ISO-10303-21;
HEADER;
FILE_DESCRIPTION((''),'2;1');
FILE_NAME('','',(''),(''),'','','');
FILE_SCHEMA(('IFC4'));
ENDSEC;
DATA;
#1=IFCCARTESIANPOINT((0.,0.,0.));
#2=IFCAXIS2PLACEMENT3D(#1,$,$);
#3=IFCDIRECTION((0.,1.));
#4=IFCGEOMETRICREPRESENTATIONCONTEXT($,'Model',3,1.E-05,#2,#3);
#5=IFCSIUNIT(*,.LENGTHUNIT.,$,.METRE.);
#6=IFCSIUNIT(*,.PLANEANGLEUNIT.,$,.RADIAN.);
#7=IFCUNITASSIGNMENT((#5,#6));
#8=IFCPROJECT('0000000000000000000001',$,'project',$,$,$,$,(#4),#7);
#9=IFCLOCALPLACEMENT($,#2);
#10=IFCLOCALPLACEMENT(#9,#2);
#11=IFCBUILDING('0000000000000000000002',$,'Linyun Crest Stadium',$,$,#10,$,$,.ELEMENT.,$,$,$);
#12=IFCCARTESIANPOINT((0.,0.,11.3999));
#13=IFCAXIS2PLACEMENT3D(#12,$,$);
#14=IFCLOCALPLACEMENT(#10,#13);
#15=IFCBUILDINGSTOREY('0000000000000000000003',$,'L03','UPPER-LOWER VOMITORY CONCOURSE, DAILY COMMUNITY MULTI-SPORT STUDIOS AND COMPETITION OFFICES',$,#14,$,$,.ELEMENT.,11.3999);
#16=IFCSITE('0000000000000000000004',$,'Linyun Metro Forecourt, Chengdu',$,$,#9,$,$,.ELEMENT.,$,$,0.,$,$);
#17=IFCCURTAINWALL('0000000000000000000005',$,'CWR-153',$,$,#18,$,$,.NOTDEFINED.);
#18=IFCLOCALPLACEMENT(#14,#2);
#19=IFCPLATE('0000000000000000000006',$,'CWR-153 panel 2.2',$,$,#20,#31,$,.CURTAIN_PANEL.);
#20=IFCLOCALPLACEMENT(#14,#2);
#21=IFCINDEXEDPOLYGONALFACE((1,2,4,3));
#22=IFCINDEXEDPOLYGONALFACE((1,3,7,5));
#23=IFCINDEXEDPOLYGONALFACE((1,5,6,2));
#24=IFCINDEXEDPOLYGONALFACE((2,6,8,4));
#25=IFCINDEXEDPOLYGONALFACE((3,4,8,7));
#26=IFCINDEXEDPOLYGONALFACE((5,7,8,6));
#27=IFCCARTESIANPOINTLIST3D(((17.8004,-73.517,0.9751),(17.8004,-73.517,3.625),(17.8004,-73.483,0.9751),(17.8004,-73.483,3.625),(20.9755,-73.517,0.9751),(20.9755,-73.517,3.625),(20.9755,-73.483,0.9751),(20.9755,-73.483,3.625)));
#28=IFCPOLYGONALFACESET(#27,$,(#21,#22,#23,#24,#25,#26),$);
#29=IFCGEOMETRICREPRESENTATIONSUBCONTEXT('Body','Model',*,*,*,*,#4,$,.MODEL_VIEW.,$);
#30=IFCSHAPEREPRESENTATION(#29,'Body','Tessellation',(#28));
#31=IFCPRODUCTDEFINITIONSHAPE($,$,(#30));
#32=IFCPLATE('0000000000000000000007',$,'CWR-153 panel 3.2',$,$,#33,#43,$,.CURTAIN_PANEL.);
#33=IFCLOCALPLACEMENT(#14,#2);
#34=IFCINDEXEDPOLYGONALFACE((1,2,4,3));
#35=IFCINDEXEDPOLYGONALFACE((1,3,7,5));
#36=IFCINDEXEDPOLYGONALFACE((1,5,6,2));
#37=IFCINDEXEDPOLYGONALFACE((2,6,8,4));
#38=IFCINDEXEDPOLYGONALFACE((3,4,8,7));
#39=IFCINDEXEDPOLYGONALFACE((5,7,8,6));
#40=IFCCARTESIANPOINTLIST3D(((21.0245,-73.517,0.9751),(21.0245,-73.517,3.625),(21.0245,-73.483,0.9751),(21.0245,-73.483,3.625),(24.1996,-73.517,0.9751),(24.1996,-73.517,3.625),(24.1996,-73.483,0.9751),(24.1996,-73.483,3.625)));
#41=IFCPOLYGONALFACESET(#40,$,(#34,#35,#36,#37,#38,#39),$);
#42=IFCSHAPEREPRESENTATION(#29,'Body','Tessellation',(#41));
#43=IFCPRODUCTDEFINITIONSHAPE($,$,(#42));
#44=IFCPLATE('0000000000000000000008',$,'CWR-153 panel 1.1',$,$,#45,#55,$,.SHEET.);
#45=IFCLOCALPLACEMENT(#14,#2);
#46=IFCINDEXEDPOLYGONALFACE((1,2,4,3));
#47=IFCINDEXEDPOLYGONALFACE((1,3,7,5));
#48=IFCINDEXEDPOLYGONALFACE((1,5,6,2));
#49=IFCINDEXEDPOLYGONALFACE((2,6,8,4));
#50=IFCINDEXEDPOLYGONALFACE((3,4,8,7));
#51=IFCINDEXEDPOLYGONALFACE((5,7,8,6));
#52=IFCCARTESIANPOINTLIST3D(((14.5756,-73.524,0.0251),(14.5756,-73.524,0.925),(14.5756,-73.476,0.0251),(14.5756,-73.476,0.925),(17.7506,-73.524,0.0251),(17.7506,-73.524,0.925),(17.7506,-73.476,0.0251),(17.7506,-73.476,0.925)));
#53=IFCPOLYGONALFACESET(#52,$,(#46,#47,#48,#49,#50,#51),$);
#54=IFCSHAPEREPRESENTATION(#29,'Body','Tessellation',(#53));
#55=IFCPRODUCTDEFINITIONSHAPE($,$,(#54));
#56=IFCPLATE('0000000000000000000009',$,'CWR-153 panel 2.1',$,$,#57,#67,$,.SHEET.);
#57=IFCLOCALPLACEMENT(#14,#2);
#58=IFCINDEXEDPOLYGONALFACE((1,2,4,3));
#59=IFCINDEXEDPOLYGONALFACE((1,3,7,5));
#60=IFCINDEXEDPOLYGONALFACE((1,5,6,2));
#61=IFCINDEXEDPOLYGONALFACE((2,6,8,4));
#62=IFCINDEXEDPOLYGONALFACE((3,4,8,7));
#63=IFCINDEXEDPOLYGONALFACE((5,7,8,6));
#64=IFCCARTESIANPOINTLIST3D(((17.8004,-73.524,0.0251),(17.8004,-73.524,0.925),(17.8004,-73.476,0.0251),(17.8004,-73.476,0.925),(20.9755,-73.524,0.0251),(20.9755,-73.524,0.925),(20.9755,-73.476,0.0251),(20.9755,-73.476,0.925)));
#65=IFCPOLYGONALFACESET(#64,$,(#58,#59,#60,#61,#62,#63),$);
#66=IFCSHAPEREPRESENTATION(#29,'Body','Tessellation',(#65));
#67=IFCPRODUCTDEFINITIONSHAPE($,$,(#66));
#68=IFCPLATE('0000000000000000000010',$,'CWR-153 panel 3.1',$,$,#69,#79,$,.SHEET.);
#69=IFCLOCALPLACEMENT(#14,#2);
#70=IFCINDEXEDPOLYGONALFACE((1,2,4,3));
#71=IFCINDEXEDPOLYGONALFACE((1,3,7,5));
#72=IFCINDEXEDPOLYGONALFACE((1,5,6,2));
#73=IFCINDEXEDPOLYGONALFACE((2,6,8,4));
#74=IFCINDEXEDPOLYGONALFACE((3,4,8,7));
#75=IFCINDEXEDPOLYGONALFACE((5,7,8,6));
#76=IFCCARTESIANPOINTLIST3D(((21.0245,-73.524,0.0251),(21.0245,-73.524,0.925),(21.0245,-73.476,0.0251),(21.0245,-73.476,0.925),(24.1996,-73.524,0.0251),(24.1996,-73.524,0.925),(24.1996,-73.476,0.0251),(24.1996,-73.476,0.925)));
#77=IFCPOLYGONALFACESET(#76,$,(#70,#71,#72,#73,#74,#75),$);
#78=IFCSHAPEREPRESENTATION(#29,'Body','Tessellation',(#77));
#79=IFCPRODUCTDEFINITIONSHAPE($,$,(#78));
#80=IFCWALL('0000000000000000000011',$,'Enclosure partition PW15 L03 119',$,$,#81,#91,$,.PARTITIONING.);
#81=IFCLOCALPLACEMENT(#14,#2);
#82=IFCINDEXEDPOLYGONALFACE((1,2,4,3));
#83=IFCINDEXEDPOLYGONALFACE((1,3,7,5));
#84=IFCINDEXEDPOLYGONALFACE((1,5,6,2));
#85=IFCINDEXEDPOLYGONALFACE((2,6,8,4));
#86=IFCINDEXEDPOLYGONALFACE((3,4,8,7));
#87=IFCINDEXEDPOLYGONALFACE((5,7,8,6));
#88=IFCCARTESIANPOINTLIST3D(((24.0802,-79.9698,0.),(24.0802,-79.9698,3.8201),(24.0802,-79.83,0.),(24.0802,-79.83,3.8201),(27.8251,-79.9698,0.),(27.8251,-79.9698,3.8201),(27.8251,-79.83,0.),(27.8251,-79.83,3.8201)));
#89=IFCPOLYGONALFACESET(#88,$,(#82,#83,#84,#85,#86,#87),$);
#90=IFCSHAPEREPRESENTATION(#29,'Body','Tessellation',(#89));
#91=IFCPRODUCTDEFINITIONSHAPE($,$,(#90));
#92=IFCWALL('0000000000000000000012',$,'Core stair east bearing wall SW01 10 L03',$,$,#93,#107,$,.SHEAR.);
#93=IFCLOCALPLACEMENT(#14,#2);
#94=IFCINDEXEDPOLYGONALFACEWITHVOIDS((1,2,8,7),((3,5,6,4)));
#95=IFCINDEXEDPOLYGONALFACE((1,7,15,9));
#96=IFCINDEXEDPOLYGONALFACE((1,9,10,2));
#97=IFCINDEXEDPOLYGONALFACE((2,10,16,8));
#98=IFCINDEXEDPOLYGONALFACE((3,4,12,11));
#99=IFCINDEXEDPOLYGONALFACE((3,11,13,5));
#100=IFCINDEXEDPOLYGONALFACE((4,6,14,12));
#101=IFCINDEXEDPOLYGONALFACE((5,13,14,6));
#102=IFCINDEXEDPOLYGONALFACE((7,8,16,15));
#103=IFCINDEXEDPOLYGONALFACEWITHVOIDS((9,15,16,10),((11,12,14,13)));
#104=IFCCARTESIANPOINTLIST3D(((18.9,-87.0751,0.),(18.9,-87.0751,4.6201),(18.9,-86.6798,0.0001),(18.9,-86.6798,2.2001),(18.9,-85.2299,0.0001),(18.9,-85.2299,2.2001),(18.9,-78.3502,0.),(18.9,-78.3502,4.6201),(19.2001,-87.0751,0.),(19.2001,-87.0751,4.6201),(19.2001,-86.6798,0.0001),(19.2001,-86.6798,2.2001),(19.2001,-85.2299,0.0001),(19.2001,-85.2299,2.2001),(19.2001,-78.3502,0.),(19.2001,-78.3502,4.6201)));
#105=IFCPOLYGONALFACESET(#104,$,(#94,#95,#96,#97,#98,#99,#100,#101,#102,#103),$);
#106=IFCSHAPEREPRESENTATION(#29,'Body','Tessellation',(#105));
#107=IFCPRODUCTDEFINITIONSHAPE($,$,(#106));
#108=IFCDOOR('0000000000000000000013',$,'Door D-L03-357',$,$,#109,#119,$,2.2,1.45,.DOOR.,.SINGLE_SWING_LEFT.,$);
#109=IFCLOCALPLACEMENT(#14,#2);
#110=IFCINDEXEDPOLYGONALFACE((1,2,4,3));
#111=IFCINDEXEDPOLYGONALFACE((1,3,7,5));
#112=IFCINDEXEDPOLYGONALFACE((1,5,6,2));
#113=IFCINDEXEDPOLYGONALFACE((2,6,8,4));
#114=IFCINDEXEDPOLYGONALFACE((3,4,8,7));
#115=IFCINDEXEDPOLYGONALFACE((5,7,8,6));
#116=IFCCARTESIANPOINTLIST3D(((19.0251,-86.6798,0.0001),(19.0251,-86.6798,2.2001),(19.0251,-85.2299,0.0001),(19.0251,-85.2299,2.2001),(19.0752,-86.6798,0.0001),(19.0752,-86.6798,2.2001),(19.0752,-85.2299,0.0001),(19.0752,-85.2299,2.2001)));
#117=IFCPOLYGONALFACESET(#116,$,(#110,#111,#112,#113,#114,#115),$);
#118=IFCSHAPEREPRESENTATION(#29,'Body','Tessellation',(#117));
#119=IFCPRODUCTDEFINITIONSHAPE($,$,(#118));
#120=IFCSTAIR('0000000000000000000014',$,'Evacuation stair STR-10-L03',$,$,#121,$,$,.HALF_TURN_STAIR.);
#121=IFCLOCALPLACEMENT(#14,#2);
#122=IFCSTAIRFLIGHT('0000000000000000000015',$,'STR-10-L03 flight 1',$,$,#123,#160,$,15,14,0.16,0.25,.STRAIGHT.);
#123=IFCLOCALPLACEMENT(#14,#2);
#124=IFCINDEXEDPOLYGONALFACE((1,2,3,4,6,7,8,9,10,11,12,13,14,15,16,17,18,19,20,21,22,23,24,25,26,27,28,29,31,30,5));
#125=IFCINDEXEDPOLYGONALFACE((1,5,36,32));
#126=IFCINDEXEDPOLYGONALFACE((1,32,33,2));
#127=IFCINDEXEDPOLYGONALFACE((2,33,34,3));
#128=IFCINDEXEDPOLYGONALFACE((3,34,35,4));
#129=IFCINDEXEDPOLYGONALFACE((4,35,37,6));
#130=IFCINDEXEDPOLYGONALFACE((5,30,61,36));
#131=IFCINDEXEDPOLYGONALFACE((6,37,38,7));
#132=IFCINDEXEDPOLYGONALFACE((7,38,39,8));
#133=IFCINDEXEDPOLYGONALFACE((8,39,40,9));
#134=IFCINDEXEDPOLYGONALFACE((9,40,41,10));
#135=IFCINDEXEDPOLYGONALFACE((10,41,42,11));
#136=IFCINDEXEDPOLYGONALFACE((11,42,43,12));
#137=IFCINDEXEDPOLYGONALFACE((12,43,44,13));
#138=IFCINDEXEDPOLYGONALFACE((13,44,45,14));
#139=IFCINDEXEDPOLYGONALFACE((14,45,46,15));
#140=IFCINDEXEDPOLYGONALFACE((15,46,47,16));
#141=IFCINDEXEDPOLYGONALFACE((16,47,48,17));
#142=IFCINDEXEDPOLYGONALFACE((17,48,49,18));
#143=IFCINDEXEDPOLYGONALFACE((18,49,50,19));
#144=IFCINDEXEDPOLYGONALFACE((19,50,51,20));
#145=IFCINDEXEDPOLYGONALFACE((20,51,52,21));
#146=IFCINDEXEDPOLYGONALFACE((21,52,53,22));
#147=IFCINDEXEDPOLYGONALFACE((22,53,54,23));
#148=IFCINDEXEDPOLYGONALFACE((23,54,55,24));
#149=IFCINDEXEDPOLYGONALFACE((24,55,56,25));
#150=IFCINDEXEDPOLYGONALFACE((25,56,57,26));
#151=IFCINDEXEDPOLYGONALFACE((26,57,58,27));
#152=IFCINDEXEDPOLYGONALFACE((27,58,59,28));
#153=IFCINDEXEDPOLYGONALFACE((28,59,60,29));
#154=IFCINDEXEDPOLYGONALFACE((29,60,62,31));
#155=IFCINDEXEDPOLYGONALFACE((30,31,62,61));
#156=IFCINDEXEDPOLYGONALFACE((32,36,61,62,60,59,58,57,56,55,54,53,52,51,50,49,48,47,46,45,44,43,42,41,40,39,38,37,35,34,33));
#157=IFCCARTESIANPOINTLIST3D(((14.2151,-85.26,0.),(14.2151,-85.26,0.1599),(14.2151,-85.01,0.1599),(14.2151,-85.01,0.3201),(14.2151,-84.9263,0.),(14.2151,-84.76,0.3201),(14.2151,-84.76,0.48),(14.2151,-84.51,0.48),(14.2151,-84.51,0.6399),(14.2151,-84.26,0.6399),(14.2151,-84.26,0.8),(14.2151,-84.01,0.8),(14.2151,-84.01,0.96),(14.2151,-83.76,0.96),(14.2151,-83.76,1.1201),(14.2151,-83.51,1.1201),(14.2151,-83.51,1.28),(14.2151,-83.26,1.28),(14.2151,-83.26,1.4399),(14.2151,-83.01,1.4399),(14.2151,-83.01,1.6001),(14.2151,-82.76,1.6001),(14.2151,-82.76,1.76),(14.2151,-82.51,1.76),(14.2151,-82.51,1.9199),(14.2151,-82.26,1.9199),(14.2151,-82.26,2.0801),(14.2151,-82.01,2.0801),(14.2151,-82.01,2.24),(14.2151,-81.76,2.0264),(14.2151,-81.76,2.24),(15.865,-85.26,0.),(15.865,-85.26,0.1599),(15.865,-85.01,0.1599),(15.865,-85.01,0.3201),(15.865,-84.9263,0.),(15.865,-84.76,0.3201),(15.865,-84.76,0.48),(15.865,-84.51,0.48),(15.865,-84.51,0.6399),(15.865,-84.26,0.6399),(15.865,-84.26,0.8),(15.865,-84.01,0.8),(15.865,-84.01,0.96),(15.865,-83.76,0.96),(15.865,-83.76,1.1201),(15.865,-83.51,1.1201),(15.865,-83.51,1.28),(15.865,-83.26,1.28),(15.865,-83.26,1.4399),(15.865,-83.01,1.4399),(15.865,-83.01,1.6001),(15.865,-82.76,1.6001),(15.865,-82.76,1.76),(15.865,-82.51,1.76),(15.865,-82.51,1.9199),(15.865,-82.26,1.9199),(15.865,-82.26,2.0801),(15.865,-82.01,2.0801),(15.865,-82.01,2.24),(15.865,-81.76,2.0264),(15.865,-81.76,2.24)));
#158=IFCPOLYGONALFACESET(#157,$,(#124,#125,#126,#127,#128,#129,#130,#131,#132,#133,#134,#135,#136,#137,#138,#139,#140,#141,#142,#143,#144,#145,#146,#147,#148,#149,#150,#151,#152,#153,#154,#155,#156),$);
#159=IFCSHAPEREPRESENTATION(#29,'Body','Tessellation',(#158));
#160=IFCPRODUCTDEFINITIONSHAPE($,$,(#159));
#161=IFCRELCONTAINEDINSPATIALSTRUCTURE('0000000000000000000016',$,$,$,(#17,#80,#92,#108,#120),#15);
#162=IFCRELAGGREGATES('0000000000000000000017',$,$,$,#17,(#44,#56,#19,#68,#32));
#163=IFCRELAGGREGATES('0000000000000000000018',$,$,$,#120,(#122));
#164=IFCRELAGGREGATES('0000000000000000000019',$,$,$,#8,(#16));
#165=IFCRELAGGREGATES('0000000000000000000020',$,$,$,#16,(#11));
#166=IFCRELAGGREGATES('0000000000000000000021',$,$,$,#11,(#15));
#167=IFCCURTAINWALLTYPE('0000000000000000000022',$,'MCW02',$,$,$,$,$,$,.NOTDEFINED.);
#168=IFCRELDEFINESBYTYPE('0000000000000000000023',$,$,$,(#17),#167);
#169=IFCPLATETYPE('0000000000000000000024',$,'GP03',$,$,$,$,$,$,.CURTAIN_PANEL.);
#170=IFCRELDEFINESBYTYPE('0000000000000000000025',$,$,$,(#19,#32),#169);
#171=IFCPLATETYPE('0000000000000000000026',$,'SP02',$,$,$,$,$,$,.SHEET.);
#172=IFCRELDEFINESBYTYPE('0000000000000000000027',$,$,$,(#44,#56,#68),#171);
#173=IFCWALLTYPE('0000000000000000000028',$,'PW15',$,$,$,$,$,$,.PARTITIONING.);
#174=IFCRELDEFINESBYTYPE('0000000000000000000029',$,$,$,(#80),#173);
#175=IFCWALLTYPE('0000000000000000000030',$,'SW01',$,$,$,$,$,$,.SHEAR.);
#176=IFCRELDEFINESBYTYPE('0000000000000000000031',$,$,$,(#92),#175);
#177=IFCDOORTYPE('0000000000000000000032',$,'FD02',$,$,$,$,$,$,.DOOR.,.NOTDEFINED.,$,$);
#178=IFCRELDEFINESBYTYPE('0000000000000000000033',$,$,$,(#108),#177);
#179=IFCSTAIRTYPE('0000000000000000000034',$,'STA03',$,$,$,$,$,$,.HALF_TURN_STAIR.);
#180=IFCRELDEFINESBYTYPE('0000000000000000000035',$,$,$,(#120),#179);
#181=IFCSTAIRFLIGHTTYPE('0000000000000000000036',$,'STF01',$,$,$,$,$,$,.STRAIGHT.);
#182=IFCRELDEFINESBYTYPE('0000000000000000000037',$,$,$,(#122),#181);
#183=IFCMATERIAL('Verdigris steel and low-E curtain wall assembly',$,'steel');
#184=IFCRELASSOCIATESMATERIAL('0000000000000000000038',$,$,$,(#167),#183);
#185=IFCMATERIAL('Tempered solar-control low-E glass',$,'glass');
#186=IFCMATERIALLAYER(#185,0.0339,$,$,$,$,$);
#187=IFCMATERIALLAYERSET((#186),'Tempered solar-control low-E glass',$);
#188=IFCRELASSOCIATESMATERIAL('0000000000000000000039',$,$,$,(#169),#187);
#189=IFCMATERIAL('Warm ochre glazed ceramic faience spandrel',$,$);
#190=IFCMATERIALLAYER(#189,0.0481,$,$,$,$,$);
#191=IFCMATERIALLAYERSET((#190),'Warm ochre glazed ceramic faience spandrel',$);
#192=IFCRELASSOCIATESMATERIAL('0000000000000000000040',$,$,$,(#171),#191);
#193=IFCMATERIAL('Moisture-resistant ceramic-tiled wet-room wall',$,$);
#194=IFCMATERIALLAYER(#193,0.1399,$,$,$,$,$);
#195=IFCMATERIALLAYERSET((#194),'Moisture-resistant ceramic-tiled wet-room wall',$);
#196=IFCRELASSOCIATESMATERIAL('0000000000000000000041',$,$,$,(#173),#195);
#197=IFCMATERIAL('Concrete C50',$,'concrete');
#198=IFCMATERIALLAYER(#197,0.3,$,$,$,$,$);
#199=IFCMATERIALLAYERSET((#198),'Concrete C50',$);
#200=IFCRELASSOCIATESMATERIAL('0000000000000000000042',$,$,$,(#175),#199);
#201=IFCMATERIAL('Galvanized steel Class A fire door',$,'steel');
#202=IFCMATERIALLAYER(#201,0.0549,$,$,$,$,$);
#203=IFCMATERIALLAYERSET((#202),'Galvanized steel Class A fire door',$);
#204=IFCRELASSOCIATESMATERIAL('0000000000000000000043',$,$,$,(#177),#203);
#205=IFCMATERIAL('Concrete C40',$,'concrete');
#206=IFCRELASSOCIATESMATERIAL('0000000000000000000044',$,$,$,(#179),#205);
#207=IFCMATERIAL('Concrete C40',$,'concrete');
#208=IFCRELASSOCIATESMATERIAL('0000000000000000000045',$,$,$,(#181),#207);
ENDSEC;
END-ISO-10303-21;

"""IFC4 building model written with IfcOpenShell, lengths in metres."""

from ifc_helpers import new_model, si_unit, direction, frame, frame_2d, origin, origin_2d, place, context, subcontext, project, spatial, polyline, rectangle, outline, extrude, material, layer, layer_set, type_object, element, fill, aggregate, save


model = new_model("IFC4")

# Units and contexts
model_context = context("Model", 3, precision=1e-05, world=origin(), true_north=direction((0.0, 1.0)))
body_context = subcontext(model_context, "Body", "Model", "MODEL_VIEW")
ifc_project = project(units=[si_unit("LENGTHUNIT", "METRE"), si_unit("PLANEANGLEUNIT", "RADIAN")], contexts=[model_context])

# Site, building, storey
site_placement = place(None, origin())
site = spatial("IfcSite", under=ifc_project, at=site_placement, Name="Linyun Metro Forecourt, Chengdu", CompositionType="ELEMENT", RefElevation=0.0)
building_placement = place(site_placement, origin())
building = spatial("IfcBuilding", under=site, at=building_placement, Name="Linyun Crest Stadium", CompositionType="ELEMENT")
storey_placement = place(building_placement, frame((0.0, 0.0, 11.3999)))
storey = spatial("IfcBuildingStorey", under=building, at=storey_placement, Name="L03", Description="UPPER-LOWER VOMITORY CONCOURSE, DAILY COMMUNITY MULTI-SPORT STUDIOS AND COMPETITION OFFICES", CompositionType="ELEMENT", Elevation=11.3999)

# Curtain wall, plates
ifc_material_1 = material(Name="Verdigris steel and low-E curtain wall assembly", Category="steel")
curtain_wall_type = type_object("IfcCurtainWallType", Name="MCW02", PredefinedType="NOTDEFINED", material=ifc_material_1)
curtain_wall_placement = place(storey_placement, origin())
curtain_wall = element("IfcCurtainWall", 1, at=curtain_wall_placement, inside=storey, type_object=curtain_wall_type, Name="CWR-153", PredefinedType="NOTDEFINED")
ifc_material_2 = material(Name="Tempered solar-control low-E glass", Category="glass")
ifc_layer_1 = layer(ifc_material_2, 0.0339)
ifc_layer_set_1 = layer_set([ifc_layer_1], Name="Tempered solar-control low-E glass")
plate_type_1 = type_object("IfcPlateType", Name="GP03", PredefinedType="CURTAIN_PANEL", material=ifc_layer_set_1)
plate_1_placement = place(storey_placement, frame((19.3879, -73.5, 0.9751), z_axis=(0.0, 0.0, 1.0), x_axis=(1.0, 0.0, 0.0)))
plate_1 = element("IfcPlate", 2, at=plate_1_placement, type_object=plate_type_1, Name="CWR-153 panel 2.2", PredefinedType="CURTAIN_PANEL", context=body_context, shape_type="SweptSolid", body=[
    extrude(rectangle(XDim=3.175, YDim=0.0339, at=origin_2d()), origin(), (0.0, 0.0, 1.0), 2.6499),
])
plate_2_placement = place(storey_placement, frame((22.6121, -73.5, 0.9751), z_axis=(0.0, 0.0, 1.0), x_axis=(1.0, 0.0, 0.0)))
plate_2 = element("IfcPlate", 3, at=plate_2_placement, type_object=plate_type_1, Name="CWR-153 panel 3.2", PredefinedType="CURTAIN_PANEL", context=body_context, shape_type="SweptSolid", body=[
    extrude(rectangle(XDim=3.175, YDim=0.0339, at=origin_2d()), origin(), (0.0, 0.0, 1.0), 2.6499),
])
ifc_material_3 = material(Name="Warm ochre glazed ceramic faience spandrel")
ifc_layer_2 = layer(ifc_material_3, 0.0481)
ifc_layer_set_2 = layer_set([ifc_layer_2], Name="Warm ochre glazed ceramic faience spandrel")
plate_type_2 = type_object("IfcPlateType", Name="SP02", PredefinedType="SHEET", material=ifc_layer_set_2)
plate_3_placement = place(storey_placement, frame((16.1631, -73.5, 0.0251), z_axis=(0.0, 0.0, 1.0), x_axis=(1.0, 0.0, 0.0)))
plate_3 = element("IfcPlate", 4, at=plate_3_placement, type_object=plate_type_2, Name="CWR-153 panel 1.1", PredefinedType="SHEET", context=body_context, shape_type="SweptSolid", body=[
    extrude(rectangle(XDim=3.175, YDim=0.0481, at=origin_2d()), origin(), (0.0, 0.0, 1.0), 0.8999),
])
plate_4_placement = place(storey_placement, frame((19.3879, -73.5, 0.0251), z_axis=(0.0, 0.0, 1.0), x_axis=(1.0, 0.0, 0.0)))
plate_4 = element("IfcPlate", 5, at=plate_4_placement, type_object=plate_type_2, Name="CWR-153 panel 2.1", PredefinedType="SHEET", context=body_context, shape_type="SweptSolid", body=[
    extrude(rectangle(XDim=3.175, YDim=0.0481, at=origin_2d()), origin(), (0.0, 0.0, 1.0), 0.8999),
])
plate_5_placement = place(storey_placement, frame((22.6121, -73.5, 0.0251), z_axis=(0.0, 0.0, 1.0), x_axis=(1.0, 0.0, 0.0)))
plate_5 = element("IfcPlate", 6, at=plate_5_placement, type_object=plate_type_2, Name="CWR-153 panel 3.1", PredefinedType="SHEET", context=body_context, shape_type="SweptSolid", body=[
    extrude(rectangle(XDim=3.175, YDim=0.0481, at=origin_2d()), origin(), (0.0, 0.0, 1.0), 0.8999),
])
aggregate(curtain_wall, [plate_3, plate_4, plate_1, plate_5, plate_2])

# Shared definitions
ifc_material_4 = material(Name="Moisture-resistant ceramic-tiled wet-room wall")
ifc_layer_3 = layer(ifc_material_4, 0.1399)
ifc_layer_set_3 = layer_set([ifc_layer_3], Name="Moisture-resistant ceramic-tiled wet-room wall")
wall_type_1 = type_object("IfcWallType", Name="PW15", PredefinedType="PARTITIONING", material=ifc_layer_set_3)

# Wall
wall_1_placement = place(storey_placement, frame((24.0801, -79.8999, 0.0), z_axis=(0.0, 0.0, 1.0), x_axis=(1.0, 0.0, 0.0)))
element("IfcWall", 7, at=wall_1_placement, inside=storey, type_object=wall_type_1, Name="Enclosure partition PW15 L03 119", PredefinedType="PARTITIONING", context=body_context, shape_type="SweptSolid", body=[
    extrude(rectangle(XDim=3.7449, YDim=0.1399, at=frame_2d((1.8726, 0.0))), origin(), (0.0, 0.0, 1.0), 3.8201),
])

# Wall, opening, door
ifc_material_5 = material(Name="Concrete C50", Category="concrete")
ifc_layer_4 = layer(ifc_material_5, 0.3)
ifc_layer_set_4 = layer_set([ifc_layer_4], Name="Concrete C50")
wall_type_2 = type_object("IfcWallType", Name="SW01", PredefinedType="SHEAR", material=ifc_layer_set_4)
wall_2_placement = place(storey_placement, frame((19.05, -87.075, 0.0), z_axis=(0.0, 0.0, 1.0), x_axis=(0.0, 1.0, 0.0)))
wall_2 = element("IfcWall", 8, at=wall_2_placement, inside=storey, type_object=wall_type_2, Name="Core stair east bearing wall SW01 10 L03", PredefinedType="SHEAR", context=body_context, shape_type="SweptSolid", body=[
    extrude(rectangle(XDim=8.7249, YDim=0.3, at=frame_2d((4.3623, 0.0))), origin(), (0.0, 0.0, 1.0), 4.6201),
])
opening_1_placement = place(wall_2_placement, frame((0.395, 0.0, 0.0)))
opening_1 = element("IfcOpeningElement", 9, at=opening_1_placement, cuts=wall_2, PredefinedType="OPENING", context=body_context, shape_type="SweptSolid", body=[
    extrude(rectangle(XDim=1.45, YDim=2.2, at=frame_2d((0.7251, 1.1001))), frame((0.0, 0.1599, 0.0), z_axis=(0.0, -1.0, 0.0), x_axis=(1.0, 0.0, 0.0)), (0.0, 0.0, 1.0), 0.3201),
])
ifc_material_6 = material(Name="Galvanized steel Class A fire door", Category="steel")
ifc_layer_5 = layer(ifc_material_6, 0.0549)
ifc_layer_set_5 = layer_set([ifc_layer_5], Name="Galvanized steel Class A fire door")
door_type_1 = type_object("IfcDoorType", Name="FD02", OperationType="NOTDEFINED", PredefinedType="DOOR", material=ifc_layer_set_5)
door_1_placement = place(opening_1_placement, origin())
door_1 = element("IfcDoor", 10, at=door_1_placement, inside=storey, type_object=door_type_1, Name="Door D-L03-357", OperationType="SINGLE_SWING_LEFT", OverallHeight=2.2, OverallWidth=1.45, PredefinedType="DOOR", context=body_context, shape_type="SweptSolid", body=[
    extrude(rectangle(XDim=1.45, YDim=2.2, at=frame_2d((0.7251, 1.1001))), frame((0.0, 0.0249, 0.0), z_axis=(0.0, -1.0, 0.0), x_axis=(1.0, 0.0, 0.0)), (0.0, 0.0, 1.0), 0.05),
])
fill(opening_1, door_1)

# Stair, stair flight
ifc_material_7 = material(Name="Concrete C40", Category="concrete")
stair_type = type_object("IfcStairType", Name="STA03", PredefinedType="HALF_TURN_STAIR", material=ifc_material_7)
stair_placement = place(storey_placement, origin())
stair = element("IfcStair", 11, at=stair_placement, inside=storey, type_object=stair_type, Name="Evacuation stair STR-10-L03", PredefinedType="HALF_TURN_STAIR")
ifc_material_8 = material(Name="Concrete C40", Category="concrete")
stair_flight_type = type_object("IfcStairFlightType", Name="STF01", PredefinedType="STRAIGHT", material=ifc_material_8)
stair_flight_1_placement = place(storey_placement, frame((15.04, -85.26, 0.0), z_axis=(0.0, 0.0, 1.0), x_axis=(0.0, 1.0, 0.0)))
stair_flight_1 = element("IfcStairFlight", 12, at=stair_flight_1_placement, type_object=stair_flight_type, Name="STR-10-L03 flight 1", NumberOfRisers=15, NumberOfTreads=14, PredefinedType="STRAIGHT", RiserHeight=0.16, TreadLength=0.25, context=body_context, shape_type="SweptSolid", body=[
    extrude(outline(polyline([(0.0, 0.0), (0.0, 0.1599), (0.25, 0.1599), (0.25, 0.3201), (0.5, 0.3201), (0.5, 0.48), (0.75, 0.48), (0.75, 0.6399), (1.0, 0.6399), (1.0, 0.8), (1.25, 0.8), (1.25, 0.96), (1.5, 0.96), (1.5, 1.1201), (1.75, 1.1201), (1.75, 1.28), (2.0, 1.28), (2.0, 1.4399), (2.25, 1.4399), (2.25, 1.6001), (2.5, 1.6001), (2.5, 1.76), (2.75, 1.76), (2.75, 1.9199), (3.0, 1.9199), (3.0, 2.0801), (3.25, 2.0801), (3.25, 2.24), (3.5, 2.24), (3.5, 2.3999), (3.5, 2.0264), (0.3337, 0.0), (0.0, 0.0)])), frame((0.0, 0.825, 0.0), z_axis=(0.0, -1.0, 0.0), x_axis=(1.0, 0.0, 0.0)), (0.0, 0.0, 1.0), 1.6499),
])
aggregate(stair, [stair_flight_1])

save(model, "model.ifc")
